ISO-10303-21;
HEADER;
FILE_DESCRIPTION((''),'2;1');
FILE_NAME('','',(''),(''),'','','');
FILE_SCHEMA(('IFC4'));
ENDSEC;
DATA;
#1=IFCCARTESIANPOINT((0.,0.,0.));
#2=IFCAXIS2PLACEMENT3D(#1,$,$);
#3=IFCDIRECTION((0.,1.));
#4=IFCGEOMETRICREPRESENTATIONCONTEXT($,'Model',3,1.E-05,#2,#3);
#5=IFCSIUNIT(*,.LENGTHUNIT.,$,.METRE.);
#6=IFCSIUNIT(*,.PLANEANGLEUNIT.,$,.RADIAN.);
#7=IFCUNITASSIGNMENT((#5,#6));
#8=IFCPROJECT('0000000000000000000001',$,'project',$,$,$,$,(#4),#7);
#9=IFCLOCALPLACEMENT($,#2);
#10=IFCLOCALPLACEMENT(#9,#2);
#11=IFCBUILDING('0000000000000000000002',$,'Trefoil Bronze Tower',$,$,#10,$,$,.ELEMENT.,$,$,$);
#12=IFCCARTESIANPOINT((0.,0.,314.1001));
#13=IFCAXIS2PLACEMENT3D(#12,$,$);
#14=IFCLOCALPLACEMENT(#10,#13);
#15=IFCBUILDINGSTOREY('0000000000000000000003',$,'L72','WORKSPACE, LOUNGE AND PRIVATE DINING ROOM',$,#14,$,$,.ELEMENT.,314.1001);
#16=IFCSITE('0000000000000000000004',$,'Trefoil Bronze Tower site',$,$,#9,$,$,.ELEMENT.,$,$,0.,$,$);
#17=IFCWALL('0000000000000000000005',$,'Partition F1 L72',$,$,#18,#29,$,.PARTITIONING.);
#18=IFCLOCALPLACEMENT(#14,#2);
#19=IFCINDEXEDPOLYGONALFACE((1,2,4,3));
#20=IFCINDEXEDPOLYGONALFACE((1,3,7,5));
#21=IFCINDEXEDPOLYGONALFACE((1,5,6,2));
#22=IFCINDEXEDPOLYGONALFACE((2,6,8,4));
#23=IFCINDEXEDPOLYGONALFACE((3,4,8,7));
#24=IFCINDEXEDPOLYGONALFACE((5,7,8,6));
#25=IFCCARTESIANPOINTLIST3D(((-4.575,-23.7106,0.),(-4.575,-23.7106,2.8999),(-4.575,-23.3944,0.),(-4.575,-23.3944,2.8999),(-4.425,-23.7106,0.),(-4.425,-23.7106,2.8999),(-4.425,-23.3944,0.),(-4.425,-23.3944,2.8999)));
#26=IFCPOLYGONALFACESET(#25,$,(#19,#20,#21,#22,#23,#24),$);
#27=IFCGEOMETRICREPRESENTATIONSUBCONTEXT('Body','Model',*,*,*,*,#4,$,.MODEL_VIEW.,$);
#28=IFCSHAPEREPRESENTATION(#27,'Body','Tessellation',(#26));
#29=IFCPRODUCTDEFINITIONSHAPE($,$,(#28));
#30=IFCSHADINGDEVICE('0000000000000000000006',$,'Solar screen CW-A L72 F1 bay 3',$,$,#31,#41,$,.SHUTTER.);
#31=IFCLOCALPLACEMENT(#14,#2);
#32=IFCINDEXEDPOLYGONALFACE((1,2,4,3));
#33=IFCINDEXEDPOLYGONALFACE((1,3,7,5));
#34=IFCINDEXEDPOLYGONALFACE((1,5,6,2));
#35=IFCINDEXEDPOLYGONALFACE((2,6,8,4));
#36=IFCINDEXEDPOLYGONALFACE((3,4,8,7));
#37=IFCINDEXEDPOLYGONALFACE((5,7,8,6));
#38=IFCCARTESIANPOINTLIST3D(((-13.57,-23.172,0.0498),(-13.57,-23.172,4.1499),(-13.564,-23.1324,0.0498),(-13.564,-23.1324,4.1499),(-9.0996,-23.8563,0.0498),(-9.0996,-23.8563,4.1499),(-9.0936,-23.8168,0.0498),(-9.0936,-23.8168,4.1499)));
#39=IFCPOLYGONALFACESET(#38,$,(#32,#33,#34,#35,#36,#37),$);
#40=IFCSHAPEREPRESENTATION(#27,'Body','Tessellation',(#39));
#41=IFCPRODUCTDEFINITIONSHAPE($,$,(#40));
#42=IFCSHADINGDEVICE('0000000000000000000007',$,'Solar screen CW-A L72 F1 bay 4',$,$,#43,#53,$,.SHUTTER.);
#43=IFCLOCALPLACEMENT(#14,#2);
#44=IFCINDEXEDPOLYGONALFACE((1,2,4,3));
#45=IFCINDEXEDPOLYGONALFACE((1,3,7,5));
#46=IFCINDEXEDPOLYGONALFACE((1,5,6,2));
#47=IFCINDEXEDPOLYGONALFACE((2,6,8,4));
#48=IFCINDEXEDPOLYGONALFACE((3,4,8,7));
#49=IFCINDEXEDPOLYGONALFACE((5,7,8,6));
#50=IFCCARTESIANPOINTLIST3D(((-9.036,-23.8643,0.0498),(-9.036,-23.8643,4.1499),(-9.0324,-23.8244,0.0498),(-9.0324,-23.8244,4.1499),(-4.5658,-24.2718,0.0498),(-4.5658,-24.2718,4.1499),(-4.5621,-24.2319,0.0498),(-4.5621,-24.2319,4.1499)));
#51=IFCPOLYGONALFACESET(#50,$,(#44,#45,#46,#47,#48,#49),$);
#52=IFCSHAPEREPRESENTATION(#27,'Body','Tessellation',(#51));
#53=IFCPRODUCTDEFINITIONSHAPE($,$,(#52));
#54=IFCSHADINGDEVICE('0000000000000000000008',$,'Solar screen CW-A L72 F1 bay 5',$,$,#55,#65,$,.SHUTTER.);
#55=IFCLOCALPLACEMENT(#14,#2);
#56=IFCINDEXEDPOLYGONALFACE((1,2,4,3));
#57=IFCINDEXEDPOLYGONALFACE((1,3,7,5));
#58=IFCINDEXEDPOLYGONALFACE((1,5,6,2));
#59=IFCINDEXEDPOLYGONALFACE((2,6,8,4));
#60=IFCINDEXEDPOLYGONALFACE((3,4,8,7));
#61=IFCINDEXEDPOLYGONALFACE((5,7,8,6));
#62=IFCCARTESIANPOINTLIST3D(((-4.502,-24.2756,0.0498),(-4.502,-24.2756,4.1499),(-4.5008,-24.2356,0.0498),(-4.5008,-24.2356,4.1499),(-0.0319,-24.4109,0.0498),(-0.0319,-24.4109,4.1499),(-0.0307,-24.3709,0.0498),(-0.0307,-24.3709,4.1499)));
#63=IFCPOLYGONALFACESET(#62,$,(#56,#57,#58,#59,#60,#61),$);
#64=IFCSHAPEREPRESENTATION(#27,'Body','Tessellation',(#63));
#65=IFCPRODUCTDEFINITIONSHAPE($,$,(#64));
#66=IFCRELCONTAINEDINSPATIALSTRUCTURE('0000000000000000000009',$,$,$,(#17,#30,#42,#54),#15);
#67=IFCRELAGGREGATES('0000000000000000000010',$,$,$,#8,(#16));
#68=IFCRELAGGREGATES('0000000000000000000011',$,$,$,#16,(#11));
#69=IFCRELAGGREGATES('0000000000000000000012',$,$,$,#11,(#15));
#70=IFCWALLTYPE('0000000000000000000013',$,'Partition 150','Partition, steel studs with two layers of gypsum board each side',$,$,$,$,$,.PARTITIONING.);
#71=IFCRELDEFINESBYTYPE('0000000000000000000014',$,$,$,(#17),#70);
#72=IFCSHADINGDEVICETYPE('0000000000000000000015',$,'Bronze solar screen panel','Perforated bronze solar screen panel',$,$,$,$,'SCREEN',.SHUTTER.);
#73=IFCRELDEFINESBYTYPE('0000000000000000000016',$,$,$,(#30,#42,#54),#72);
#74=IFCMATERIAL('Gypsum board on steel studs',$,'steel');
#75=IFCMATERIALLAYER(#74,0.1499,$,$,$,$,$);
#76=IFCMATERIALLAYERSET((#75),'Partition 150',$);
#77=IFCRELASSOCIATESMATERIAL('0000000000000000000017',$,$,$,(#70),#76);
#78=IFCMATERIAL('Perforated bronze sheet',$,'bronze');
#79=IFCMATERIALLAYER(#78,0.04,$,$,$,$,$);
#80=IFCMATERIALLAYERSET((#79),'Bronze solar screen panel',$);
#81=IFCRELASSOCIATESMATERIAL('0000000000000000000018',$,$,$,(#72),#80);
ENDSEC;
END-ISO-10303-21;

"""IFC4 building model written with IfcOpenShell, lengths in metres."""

from ifc_helpers import new_model, si_unit, direction, frame, frame_2d, origin, origin_2d, place, context, subcontext, project, spatial, rectangle, extrude, material, layer, layer_set, type_object, element, save


model = new_model("IFC4")

# Units and contexts
model_context = context("Model", 3, precision=1e-05, world=origin(), true_north=direction((0.0, 1.0)))
body_context = subcontext(model_context, "Body", "Model", "MODEL_VIEW")
ifc_project = project(units=[si_unit("LENGTHUNIT", "METRE"), si_unit("PLANEANGLEUNIT", "RADIAN")], contexts=[model_context])

# Site, building, storey
site_placement = place(None, origin())
site = spatial("IfcSite", under=ifc_project, at=site_placement, Name="Trefoil Bronze Tower site", CompositionType="ELEMENT", RefElevation=0.0)
building_placement = place(site_placement, origin())
building = spatial("IfcBuilding", under=site, at=building_placement, Name="Trefoil Bronze Tower", CompositionType="ELEMENT")
storey_placement = place(building_placement, frame((0.0, 0.0, 314.1001)))
storey = spatial("IfcBuildingStorey", under=building, at=storey_placement, Name="L72", Description="WORKSPACE, LOUNGE AND PRIVATE DINING ROOM", CompositionType="ELEMENT", Elevation=314.1001)

# Wall
ifc_material_1 = material(Name="Gypsum board on steel studs", Category="steel")
ifc_layer_1 = layer(ifc_material_1, 0.1499)
ifc_layer_set_1 = layer_set([ifc_layer_1], Name="Partition 150")
wall_type_1 = type_object("IfcWallType", Name="Partition 150", Description="Partition, steel studs with two layers of gypsum board each side", PredefinedType="PARTITIONING", material=ifc_layer_set_1)
wall_1_placement = place(storey_placement, frame((-4.5, -23.3943, 0.0), z_axis=(0.0, 0.0, 1.0), x_axis=(0.0, -1.0, 0.0)))
element("IfcWall", 1, at=wall_1_placement, inside=storey, type_object=wall_type_1, Name="Partition F1 L72", PredefinedType="PARTITIONING", context=body_context, shape_type="SweptSolid", body=[
    extrude(rectangle(XDim=0.3162, YDim=0.1499, at=frame_2d((0.1582, 0.0))), origin(), (0.0, 0.0, 1.0), 2.8999),
])

# Shading devices
ifc_material_2 = material(Name="Perforated bronze sheet", Category="bronze")
ifc_layer_2 = layer(ifc_material_2, 0.04)
ifc_layer_set_2 = layer_set([ifc_layer_2], Name="Bronze solar screen panel")
shading_device_type = type_object("IfcShadingDeviceType", Name="Bronze solar screen panel", Description="Perforated bronze solar screen panel", ElementType="SCREEN", PredefinedType="SHUTTER", material=ifc_layer_set_2)
shading_device_1_placement = place(storey_placement, frame((-11.3318, -23.4944, 0.0498), z_axis=(0.0, 0.0, 1.0), x_axis=(0.988485, -0.151317, 0.0)))
element("IfcShadingDevice", 2, at=shading_device_1_placement, inside=storey, type_object=shading_device_type, Name="Solar screen CW-A L72 F1 bay 3", PredefinedType="SHUTTER", context=body_context, shape_type="SweptSolid", body=[
    extrude(rectangle(XDim=4.5225, YDim=0.04, at=origin_2d()), origin(), (0.0, 0.0, 1.0), 4.1001),
])
shading_device_2_placement = place(storey_placement, frame((-6.7991, -24.0481, 0.0498), z_axis=(0.0, 0.0, 1.0), x_axis=(0.99587, -0.090789, 0.0)))
element("IfcShadingDevice", 3, at=shading_device_2_placement, inside=storey, type_object=shading_device_type, Name="Solar screen CW-A L72 F1 bay 4", PredefinedType="SHUTTER", context=body_context, shape_type="SweptSolid", body=[
    extrude(rectangle(XDim=4.4888, YDim=0.04, at=origin_2d()), origin(), (0.0, 0.0, 1.0), 4.1001),
])
shading_device_3_placement = place(storey_placement, frame((-2.2664, -24.3232, 0.0498), z_axis=(0.0, 0.0, 1.0), x_axis=(0.999542, -0.030263, 0.0)))
element("IfcShadingDevice", 4, at=shading_device_3_placement, inside=storey, type_object=shading_device_type, Name="Solar screen CW-A L72 F1 bay 5", PredefinedType="SHUTTER", context=body_context, shape_type="SweptSolid", body=[
    extrude(rectangle(XDim=4.4722, YDim=0.04, at=origin_2d()), origin(), (0.0, 0.0, 1.0), 4.1001),
])

save(model, "model.ifc")
